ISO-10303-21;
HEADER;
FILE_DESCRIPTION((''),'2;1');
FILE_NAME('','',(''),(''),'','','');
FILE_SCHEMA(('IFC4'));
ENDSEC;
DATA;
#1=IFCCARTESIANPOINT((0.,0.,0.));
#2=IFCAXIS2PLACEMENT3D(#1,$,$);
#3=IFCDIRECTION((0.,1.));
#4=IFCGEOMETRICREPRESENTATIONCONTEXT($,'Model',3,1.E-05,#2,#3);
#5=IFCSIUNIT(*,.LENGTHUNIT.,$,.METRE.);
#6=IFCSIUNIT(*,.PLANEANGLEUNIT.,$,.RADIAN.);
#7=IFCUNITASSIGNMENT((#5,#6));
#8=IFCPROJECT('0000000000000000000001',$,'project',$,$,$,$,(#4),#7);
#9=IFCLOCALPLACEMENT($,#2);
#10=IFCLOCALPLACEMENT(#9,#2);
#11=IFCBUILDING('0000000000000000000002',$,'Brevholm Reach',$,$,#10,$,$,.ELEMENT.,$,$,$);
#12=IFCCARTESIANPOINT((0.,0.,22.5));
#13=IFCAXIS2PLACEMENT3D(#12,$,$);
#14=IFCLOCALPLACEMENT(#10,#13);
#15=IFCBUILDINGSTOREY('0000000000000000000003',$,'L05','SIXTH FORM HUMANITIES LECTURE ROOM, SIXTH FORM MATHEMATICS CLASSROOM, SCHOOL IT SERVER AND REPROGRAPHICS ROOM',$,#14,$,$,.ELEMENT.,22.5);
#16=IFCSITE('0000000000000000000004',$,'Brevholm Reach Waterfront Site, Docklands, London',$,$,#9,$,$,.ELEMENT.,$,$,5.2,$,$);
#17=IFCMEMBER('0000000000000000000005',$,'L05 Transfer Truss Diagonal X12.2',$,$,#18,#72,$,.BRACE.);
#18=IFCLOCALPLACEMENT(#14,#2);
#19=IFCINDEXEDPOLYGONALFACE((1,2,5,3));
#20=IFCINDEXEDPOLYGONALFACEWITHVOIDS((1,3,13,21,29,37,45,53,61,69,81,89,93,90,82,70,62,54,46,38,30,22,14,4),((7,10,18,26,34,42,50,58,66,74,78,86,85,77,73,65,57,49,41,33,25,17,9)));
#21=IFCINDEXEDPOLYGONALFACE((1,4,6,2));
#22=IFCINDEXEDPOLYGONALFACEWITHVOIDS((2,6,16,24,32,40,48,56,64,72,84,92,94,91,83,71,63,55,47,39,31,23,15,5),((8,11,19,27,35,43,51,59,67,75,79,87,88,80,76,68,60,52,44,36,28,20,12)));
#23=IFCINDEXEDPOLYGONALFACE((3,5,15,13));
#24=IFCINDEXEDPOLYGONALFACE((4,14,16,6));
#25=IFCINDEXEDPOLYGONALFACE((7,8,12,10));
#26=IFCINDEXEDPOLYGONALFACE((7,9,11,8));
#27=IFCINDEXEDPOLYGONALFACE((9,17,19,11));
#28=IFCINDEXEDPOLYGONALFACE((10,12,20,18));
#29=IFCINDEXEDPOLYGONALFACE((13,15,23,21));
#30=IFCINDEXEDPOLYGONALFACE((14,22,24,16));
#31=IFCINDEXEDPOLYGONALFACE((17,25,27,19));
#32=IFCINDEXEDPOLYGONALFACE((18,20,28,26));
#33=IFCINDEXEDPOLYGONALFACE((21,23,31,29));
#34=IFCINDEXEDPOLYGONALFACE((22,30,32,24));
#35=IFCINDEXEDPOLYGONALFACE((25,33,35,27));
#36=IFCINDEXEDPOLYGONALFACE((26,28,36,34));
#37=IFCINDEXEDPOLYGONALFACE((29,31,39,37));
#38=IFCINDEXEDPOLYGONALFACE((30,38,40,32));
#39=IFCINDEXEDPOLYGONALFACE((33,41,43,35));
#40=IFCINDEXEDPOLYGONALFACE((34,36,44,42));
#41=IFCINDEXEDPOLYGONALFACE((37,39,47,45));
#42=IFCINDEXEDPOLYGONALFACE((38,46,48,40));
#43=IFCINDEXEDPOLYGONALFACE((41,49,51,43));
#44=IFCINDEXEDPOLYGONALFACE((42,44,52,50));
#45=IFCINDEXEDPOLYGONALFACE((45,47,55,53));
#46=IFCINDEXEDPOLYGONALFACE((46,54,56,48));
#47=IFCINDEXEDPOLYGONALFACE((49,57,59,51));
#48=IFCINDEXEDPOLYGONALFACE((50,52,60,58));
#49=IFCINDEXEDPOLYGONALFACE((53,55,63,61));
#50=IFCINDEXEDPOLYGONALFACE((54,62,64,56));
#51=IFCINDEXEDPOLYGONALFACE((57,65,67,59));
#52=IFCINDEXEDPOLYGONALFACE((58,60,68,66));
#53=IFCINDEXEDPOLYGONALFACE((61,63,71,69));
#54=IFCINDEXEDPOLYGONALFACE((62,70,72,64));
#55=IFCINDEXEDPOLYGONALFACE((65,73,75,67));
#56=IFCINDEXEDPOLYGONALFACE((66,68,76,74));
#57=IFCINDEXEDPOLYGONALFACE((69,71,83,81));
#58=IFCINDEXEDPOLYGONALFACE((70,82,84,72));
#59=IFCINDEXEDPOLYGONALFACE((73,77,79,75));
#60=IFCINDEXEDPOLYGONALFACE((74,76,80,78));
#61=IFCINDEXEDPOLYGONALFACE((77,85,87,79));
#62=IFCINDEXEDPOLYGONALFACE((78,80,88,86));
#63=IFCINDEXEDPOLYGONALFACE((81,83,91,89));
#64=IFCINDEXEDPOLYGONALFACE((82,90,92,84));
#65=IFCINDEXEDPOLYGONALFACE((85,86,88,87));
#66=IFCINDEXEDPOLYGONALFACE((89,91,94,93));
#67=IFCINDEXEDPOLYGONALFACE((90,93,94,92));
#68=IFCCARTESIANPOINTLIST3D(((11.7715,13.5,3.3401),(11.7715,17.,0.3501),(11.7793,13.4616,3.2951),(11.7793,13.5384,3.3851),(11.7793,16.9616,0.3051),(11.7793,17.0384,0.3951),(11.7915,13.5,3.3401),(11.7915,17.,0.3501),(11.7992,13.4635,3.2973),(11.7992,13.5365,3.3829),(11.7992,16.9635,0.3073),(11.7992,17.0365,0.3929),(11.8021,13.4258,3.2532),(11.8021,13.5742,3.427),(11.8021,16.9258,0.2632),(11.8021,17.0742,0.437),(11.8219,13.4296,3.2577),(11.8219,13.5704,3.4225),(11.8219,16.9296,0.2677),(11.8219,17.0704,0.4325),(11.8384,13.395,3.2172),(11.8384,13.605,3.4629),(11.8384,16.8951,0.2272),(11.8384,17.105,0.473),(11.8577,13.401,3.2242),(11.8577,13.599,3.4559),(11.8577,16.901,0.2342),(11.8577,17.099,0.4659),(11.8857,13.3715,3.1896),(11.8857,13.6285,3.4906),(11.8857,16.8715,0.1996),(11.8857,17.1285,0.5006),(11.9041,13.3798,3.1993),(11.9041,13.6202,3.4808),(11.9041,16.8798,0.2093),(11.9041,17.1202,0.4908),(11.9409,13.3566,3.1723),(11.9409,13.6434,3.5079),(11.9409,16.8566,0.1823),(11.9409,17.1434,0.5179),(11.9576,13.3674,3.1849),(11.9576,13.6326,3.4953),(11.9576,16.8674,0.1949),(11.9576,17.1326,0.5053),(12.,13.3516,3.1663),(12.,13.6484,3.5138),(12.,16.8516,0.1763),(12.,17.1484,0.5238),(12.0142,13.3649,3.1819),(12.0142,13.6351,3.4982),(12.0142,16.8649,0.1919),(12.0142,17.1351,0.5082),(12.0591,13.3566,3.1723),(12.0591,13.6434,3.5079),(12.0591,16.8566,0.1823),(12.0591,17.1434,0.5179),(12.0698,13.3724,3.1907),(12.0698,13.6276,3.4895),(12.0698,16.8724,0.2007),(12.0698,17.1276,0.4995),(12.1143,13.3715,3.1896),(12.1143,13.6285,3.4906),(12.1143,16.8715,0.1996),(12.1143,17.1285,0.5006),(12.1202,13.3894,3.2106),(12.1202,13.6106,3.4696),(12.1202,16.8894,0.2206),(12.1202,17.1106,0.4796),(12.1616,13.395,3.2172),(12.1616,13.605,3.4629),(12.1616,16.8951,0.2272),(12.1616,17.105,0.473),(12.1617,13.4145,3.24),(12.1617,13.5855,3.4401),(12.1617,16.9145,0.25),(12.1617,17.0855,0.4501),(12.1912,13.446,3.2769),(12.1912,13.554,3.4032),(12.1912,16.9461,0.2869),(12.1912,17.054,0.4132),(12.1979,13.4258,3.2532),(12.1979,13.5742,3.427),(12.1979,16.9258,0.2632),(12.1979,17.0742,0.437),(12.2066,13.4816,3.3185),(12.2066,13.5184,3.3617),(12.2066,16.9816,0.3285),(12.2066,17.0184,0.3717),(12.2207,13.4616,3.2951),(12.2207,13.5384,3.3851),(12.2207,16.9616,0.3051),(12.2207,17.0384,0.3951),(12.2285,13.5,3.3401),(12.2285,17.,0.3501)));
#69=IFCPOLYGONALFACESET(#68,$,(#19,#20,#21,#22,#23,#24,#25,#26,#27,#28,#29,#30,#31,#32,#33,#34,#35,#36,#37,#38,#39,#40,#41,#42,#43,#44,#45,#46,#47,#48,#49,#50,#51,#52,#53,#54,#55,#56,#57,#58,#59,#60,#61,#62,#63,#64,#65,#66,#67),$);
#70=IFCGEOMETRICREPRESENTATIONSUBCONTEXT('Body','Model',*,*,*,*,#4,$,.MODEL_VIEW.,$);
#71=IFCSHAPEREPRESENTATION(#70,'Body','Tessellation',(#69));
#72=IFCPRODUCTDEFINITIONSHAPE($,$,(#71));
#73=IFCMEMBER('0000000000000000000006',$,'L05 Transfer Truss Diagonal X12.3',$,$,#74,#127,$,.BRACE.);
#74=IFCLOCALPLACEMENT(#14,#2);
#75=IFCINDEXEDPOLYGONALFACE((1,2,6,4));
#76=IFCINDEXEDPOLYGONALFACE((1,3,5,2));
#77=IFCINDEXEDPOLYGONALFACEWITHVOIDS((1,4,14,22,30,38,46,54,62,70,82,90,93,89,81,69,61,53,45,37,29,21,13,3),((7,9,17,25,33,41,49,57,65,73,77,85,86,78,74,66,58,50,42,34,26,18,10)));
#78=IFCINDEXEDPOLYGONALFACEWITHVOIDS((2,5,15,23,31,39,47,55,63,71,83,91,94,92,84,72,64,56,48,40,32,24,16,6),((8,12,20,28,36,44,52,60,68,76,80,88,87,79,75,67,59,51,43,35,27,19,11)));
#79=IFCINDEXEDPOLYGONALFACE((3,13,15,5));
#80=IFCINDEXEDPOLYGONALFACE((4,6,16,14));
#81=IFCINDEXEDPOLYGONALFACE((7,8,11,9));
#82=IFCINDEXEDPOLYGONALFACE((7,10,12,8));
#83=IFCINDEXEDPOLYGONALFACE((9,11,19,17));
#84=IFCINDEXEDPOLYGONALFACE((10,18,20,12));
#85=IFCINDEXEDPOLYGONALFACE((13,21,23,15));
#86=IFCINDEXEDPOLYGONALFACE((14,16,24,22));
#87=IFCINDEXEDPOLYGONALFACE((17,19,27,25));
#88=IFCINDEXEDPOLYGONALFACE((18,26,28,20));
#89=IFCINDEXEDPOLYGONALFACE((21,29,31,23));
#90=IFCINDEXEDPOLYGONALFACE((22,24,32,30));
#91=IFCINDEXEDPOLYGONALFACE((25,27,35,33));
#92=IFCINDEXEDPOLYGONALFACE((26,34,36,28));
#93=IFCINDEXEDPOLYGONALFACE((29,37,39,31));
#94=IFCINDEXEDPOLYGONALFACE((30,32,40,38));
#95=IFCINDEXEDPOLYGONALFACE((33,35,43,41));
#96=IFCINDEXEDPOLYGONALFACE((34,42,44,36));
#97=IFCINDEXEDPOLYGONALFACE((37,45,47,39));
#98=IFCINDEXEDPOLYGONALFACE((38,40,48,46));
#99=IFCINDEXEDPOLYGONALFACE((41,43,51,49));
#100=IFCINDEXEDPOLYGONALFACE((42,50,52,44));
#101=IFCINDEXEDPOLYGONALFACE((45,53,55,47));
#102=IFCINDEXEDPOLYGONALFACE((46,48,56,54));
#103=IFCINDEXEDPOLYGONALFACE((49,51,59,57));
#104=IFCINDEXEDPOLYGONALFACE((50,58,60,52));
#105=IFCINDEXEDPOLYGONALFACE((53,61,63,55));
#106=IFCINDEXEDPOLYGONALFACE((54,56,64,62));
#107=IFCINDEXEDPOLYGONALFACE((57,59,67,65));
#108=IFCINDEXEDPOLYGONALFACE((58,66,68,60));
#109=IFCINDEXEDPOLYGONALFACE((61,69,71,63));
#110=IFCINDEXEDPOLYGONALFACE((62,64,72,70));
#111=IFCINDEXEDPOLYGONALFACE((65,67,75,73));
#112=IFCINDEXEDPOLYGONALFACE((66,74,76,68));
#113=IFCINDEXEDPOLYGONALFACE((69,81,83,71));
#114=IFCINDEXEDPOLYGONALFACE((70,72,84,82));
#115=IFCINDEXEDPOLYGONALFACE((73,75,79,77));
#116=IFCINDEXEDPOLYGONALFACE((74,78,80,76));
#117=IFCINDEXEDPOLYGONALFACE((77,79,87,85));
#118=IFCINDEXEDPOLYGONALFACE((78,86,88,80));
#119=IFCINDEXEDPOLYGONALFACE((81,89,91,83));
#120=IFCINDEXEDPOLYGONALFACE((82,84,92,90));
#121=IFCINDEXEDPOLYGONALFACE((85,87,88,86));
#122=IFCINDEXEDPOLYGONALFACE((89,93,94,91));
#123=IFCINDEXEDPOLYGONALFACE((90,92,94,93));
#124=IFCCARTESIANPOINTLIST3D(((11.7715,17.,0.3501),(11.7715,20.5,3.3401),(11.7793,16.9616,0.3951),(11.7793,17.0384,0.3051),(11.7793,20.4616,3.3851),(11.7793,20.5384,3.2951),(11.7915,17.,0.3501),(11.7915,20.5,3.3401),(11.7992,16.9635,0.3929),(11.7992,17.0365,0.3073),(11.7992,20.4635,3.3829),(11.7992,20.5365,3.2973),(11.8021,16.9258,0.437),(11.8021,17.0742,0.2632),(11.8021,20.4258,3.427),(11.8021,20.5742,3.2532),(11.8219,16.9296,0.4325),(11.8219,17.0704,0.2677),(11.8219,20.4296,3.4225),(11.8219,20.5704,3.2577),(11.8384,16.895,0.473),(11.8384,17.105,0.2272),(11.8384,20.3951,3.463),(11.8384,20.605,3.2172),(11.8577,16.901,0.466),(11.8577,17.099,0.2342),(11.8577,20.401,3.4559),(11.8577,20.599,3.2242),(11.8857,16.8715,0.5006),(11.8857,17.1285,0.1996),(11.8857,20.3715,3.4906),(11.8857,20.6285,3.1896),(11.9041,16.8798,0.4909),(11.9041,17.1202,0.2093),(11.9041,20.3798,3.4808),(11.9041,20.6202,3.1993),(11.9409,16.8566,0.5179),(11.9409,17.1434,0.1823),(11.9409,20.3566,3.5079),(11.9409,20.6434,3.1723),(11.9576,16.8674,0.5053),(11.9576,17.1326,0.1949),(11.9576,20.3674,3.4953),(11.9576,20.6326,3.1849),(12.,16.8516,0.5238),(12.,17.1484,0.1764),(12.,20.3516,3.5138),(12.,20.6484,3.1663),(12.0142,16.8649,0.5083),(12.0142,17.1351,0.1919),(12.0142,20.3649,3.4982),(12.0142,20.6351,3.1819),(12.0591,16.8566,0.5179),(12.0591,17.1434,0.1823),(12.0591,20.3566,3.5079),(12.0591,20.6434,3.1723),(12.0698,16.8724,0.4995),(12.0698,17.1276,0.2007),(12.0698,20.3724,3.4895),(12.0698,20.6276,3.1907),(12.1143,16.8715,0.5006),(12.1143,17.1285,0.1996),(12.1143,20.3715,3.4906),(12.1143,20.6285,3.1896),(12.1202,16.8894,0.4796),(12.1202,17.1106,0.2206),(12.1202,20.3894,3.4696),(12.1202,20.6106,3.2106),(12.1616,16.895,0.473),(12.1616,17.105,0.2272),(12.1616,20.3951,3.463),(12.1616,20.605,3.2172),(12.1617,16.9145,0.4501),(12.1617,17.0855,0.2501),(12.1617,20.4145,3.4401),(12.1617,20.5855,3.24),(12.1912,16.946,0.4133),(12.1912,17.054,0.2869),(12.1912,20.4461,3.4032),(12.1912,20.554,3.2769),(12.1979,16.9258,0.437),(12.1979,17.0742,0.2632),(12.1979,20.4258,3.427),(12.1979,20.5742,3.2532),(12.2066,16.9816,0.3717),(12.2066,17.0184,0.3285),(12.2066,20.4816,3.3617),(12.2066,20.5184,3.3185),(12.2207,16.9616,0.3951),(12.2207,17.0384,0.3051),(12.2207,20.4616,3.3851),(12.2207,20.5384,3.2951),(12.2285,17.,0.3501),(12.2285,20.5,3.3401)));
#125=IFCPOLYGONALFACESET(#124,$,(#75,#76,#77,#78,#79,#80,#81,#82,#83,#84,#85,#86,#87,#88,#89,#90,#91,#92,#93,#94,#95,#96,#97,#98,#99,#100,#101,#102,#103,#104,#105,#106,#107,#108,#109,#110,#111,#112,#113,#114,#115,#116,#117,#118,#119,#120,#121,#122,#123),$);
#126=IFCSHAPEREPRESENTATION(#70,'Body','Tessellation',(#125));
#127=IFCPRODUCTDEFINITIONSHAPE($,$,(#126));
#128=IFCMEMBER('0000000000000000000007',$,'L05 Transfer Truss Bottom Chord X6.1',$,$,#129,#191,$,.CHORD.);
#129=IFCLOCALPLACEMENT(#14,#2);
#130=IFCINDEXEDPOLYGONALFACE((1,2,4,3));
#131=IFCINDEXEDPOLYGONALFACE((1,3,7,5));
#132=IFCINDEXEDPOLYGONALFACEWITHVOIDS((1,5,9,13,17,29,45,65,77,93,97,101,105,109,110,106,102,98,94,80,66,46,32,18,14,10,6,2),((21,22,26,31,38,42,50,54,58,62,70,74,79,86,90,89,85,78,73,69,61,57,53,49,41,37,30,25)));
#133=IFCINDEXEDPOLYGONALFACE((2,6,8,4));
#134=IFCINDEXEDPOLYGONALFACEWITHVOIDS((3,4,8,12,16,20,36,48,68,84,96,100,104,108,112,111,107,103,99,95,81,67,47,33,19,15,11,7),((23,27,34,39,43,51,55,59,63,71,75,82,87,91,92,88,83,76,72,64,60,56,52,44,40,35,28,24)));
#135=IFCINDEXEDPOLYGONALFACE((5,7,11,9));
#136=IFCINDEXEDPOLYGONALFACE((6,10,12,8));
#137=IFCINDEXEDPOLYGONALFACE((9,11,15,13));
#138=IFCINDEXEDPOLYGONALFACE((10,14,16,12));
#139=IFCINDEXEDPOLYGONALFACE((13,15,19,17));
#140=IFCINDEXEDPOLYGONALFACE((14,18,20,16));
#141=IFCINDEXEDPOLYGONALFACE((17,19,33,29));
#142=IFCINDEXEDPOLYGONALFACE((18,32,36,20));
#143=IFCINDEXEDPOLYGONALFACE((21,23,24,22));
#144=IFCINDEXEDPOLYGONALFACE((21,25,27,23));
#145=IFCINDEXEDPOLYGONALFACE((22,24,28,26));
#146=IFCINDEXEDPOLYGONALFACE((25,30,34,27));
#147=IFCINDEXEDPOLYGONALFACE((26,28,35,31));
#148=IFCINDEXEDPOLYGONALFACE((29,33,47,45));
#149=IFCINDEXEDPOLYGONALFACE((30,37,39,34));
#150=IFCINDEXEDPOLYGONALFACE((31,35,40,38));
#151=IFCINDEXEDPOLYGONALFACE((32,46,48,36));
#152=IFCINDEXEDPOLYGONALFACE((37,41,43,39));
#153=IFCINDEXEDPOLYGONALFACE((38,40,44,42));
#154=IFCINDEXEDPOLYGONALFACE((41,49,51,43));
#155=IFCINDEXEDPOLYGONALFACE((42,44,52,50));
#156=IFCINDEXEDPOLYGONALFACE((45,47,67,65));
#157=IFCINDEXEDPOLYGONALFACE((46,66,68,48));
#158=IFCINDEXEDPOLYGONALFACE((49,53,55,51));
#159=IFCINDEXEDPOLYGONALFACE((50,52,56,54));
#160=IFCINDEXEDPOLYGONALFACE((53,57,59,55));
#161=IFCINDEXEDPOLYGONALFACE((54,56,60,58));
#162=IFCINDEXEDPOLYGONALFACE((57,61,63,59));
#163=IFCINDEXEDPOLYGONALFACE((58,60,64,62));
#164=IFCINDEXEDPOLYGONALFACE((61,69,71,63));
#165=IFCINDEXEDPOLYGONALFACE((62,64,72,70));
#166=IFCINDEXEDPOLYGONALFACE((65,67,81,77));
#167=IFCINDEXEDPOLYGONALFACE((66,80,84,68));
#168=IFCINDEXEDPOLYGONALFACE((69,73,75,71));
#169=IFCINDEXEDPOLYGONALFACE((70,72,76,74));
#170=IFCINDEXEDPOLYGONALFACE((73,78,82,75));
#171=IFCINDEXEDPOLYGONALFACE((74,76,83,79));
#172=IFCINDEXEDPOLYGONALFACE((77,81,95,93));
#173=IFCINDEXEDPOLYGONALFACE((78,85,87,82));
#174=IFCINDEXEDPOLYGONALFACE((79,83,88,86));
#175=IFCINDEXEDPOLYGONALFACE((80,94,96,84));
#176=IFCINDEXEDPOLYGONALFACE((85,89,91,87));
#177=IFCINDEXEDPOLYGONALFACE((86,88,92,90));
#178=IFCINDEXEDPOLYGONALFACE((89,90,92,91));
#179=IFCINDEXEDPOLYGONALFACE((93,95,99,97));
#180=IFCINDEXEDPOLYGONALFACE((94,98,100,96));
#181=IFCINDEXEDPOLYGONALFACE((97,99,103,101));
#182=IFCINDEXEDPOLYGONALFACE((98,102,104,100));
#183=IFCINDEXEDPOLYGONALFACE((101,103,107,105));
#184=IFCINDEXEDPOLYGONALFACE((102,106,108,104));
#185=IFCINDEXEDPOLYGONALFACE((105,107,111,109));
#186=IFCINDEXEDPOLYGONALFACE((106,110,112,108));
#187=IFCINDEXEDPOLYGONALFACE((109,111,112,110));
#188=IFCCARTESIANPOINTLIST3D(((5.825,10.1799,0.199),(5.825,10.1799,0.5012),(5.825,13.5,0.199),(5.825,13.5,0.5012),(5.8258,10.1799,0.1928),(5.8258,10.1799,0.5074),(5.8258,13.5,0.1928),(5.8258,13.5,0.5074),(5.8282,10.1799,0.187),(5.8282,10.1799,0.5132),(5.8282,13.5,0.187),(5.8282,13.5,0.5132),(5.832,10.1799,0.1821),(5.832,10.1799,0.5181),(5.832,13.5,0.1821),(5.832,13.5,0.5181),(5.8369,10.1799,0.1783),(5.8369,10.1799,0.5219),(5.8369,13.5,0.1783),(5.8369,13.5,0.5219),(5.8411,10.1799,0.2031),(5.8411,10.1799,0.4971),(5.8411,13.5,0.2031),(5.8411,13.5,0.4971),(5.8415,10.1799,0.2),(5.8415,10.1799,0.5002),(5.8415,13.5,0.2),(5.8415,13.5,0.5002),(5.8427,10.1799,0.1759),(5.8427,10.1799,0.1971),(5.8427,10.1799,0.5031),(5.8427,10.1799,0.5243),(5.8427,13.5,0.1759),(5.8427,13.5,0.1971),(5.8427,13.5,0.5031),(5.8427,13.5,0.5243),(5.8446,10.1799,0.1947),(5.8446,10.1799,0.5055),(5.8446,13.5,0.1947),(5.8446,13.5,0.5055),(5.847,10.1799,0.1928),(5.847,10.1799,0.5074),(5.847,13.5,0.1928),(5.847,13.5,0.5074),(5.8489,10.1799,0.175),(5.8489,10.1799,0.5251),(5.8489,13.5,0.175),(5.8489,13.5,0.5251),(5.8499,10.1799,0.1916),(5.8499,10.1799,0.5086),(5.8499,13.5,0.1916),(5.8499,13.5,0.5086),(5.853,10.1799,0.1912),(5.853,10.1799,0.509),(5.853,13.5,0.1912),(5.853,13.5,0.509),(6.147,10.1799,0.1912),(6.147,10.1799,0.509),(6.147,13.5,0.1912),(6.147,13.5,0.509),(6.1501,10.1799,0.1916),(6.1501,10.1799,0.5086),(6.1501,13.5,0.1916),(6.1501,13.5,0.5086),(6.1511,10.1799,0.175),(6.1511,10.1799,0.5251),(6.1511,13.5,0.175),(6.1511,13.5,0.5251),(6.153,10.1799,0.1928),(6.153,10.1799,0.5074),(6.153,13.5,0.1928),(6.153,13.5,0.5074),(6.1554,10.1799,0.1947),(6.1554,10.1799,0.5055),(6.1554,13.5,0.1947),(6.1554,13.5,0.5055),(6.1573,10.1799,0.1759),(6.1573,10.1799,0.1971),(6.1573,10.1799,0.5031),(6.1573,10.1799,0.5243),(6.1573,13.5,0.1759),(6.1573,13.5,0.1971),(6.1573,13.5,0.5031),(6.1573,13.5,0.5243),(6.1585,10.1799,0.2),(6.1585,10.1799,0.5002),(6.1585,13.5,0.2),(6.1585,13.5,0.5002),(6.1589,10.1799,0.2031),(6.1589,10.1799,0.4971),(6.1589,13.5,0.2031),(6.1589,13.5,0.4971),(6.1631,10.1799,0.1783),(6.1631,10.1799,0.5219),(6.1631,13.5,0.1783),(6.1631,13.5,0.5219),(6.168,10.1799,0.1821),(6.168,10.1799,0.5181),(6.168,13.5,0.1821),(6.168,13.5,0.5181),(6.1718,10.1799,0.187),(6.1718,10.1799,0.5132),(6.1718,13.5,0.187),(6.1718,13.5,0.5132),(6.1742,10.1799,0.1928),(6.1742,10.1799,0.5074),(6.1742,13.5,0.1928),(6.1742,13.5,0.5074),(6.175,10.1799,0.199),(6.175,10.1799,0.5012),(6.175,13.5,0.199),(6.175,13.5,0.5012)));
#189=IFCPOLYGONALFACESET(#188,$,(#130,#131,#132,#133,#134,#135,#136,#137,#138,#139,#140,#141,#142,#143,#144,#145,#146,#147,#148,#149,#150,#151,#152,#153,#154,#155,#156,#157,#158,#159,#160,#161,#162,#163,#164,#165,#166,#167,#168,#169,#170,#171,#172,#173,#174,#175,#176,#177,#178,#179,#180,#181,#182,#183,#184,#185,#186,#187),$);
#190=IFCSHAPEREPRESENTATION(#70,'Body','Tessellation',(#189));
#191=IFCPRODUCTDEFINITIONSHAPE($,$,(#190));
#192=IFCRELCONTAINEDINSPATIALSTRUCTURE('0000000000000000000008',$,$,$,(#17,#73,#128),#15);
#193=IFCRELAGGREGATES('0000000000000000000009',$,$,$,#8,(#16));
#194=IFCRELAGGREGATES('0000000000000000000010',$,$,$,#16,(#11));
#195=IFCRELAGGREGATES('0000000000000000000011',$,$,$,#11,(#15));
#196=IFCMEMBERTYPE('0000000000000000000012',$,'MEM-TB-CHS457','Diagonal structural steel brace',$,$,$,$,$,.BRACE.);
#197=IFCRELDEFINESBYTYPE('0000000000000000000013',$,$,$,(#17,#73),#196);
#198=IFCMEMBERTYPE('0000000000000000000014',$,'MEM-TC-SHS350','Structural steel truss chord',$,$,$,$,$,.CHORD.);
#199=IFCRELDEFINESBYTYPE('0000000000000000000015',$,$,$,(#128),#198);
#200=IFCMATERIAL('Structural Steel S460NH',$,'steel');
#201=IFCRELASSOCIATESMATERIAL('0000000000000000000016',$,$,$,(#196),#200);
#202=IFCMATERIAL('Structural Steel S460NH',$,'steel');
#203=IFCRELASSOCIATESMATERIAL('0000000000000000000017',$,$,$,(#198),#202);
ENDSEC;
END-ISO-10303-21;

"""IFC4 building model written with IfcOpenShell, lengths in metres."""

from ifc_helpers import new_model, si_unit, direction, frame, origin, origin_2d, place, context, subcontext, project, spatial, hollow_rectangle, hollow_circle, extrude, material, material_profile, profile_set, type_object, element, save


model = new_model("IFC4")

# Units and contexts
model_context = context("Model", 3, precision=1e-05, world=origin(), true_north=direction((0.0, 1.0)))
body_context = subcontext(model_context, "Body", "Model", "MODEL_VIEW")
ifc_project = project(units=[si_unit("LENGTHUNIT", "METRE"), si_unit("PLANEANGLEUNIT", "RADIAN")], contexts=[model_context])

# Site, building, storey
site_placement = place(None, origin())
site = spatial("IfcSite", under=ifc_project, at=site_placement, Name="Brevholm Reach Waterfront Site, Docklands, London", CompositionType="ELEMENT", RefElevation=5.2)
building_placement = place(site_placement, origin())
building = spatial("IfcBuilding", under=site, at=building_placement, Name="Brevholm Reach", CompositionType="ELEMENT")
storey_placement = place(building_placement, frame((0.0, 0.0, 22.5)))
storey = spatial("IfcBuildingStorey", under=building, at=storey_placement, Name="L05", Description="SIXTH FORM HUMANITIES LECTURE ROOM, SIXTH FORM MATHEMATICS CLASSROOM, SCHOOL IT SERVER AND REPROGRAPHICS ROOM", CompositionType="ELEMENT", Elevation=22.5)

# Members
ifc_material_1 = material(Name="Structural Steel S460NH", Category="steel")
ifc_material_profile_1 = material_profile(ifc_material_1, hollow_circle(Radius=0.2285, WallThickness=0.02, at=origin_2d()), Name="CHS 457x20")
ifc_profile_set_1 = profile_set([ifc_material_profile_1], Name="Structural Steel S460NH")
member_type_1 = type_object("IfcMemberType", Name="MEM-TB-CHS457", Description="Diagonal structural steel brace", PredefinedType="BRACE", material=ifc_profile_set_1)
for number, where, z_axis, x_axis, name in (
    (1, (12.0, 13.5, 3.3401), (0.0, 0.76033, -0.649537), (-1.0, 0.0, 0.0), "L05 Transfer Truss Diagonal X12.2"),
    (2, (12.0, 17.0, 0.3501), (0.0, 0.76033, 0.649537), (-1.0, 0.0, 0.0), "L05 Transfer Truss Diagonal X12.3"),
):
    element("IfcMember", number, at=place(storey_placement, frame(where, z_axis=z_axis, x_axis=x_axis)), inside=storey, type_object=member_type_1, Name=name, PredefinedType="BRACE", context=body_context, shape_type="SweptSolid", body=[
        extrude(hollow_circle(Radius=0.2285, WallThickness=0.02, at=origin_2d()), origin(), (0.0, 0.0, 1.0), 4.6033),
    ])
ifc_material_2 = material(Name="Structural Steel S460NH", Category="steel")
ifc_material_profile_2 = material_profile(ifc_material_2, hollow_rectangle(XDim=0.3501, YDim=0.3501, WallThickness=0.0161, InnerFilletRadius=0.012, OuterFilletRadius=0.0239, at=origin_2d()), Name="SHS 350x350x16")
ifc_profile_set_2 = profile_set([ifc_material_profile_2], Name="Structural Steel S460NH")
member_type_2 = type_object("IfcMemberType", Name="MEM-TC-SHS350", Description="Structural steel truss chord", PredefinedType="CHORD", material=ifc_profile_set_2)
member_1_placement = place(storey_placement, frame((6.0, 10.1799, 0.3501), z_axis=(0.0, 1.0, 0.0), x_axis=(-1.0, 0.0, 0.0)))
element("IfcMember", 3, at=member_1_placement, inside=storey, type_object=member_type_2, Name="L05 Transfer Truss Bottom Chord X6.1", PredefinedType="CHORD", context=body_context, shape_type="SweptSolid", body=[
    extrude(hollow_rectangle(XDim=0.3501, YDim=0.3501, WallThickness=0.0161, InnerFilletRadius=0.012, OuterFilletRadius=0.0239, at=origin_2d()), origin(), (0.0, 0.0, 1.0), 3.3201),
])

save(model, "model.ifc")
